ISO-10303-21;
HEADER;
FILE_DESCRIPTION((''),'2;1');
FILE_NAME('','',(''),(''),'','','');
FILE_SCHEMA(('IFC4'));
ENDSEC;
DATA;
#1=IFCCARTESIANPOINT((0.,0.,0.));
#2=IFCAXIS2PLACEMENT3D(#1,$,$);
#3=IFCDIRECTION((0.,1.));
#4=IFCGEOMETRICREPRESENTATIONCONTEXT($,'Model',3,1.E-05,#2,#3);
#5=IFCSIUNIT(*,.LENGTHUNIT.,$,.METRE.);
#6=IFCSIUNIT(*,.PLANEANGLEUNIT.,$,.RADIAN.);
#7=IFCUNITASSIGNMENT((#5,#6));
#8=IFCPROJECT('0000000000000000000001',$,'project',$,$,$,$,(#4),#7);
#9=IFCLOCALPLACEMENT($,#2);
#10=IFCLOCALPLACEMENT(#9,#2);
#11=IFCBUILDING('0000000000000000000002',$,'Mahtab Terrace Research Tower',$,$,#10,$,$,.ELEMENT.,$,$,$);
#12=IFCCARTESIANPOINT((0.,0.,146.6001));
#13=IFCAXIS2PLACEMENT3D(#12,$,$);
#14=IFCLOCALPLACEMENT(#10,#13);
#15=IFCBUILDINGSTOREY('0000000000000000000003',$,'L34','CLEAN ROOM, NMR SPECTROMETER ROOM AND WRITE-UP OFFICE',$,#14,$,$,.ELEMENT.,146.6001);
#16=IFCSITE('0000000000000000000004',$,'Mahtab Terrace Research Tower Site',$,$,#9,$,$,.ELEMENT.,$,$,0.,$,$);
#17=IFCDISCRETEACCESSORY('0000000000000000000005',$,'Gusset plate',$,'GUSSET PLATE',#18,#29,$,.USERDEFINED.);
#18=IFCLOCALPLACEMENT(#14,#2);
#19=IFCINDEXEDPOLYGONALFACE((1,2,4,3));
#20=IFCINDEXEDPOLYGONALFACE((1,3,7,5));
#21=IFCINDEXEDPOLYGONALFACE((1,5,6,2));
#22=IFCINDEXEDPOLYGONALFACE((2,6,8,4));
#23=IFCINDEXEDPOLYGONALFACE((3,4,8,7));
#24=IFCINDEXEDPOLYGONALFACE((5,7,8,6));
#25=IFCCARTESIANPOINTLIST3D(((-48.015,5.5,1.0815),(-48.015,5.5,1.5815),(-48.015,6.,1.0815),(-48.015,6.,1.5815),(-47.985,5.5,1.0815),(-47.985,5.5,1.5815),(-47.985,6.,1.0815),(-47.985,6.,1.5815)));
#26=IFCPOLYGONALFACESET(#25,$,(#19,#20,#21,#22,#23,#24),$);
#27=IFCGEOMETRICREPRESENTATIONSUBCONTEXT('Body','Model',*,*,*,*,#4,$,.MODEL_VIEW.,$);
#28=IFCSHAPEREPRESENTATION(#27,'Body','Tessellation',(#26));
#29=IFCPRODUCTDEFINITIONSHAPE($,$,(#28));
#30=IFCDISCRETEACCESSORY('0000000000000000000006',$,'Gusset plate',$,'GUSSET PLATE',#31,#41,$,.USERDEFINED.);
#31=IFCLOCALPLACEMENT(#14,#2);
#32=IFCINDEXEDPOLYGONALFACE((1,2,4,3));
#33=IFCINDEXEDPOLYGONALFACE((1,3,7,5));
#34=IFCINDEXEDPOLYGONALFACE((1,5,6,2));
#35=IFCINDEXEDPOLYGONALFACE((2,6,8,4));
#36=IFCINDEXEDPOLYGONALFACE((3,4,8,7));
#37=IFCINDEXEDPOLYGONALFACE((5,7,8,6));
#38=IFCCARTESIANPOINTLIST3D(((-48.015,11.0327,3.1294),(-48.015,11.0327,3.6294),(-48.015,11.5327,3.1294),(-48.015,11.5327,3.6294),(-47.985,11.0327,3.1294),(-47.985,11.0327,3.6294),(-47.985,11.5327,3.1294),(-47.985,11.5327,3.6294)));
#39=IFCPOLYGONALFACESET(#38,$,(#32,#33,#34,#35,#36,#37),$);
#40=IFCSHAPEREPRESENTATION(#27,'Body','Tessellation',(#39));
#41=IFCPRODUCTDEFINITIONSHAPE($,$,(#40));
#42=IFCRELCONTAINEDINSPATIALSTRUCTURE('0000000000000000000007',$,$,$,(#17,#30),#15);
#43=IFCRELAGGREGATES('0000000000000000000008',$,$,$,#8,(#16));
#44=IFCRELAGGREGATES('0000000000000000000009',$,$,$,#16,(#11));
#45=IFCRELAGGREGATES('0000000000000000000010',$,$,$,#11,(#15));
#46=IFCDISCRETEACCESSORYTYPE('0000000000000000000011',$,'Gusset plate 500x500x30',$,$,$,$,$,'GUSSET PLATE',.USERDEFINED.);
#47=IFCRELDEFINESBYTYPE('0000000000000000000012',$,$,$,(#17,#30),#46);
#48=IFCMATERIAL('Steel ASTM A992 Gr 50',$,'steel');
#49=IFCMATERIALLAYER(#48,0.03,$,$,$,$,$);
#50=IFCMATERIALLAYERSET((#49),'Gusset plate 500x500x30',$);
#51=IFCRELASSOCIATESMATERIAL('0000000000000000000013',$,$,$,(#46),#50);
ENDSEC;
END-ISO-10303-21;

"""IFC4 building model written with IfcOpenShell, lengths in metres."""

from ifc_helpers import new_model, si_unit, direction, frame, origin, origin_2d, place, context, subcontext, project, spatial, rectangle, extrude, material, layer, layer_set, type_object, element, save


model = new_model("IFC4")

# Units and contexts
model_context = context("Model", 3, precision=1e-05, world=origin(), true_north=direction((0.0, 1.0)))
body_context = subcontext(model_context, "Body", "Model", "MODEL_VIEW")
ifc_project = project(units=[si_unit("LENGTHUNIT", "METRE"), si_unit("PLANEANGLEUNIT", "RADIAN")], contexts=[model_context])

# Site, building, storey
site_placement = place(None, origin())
site = spatial("IfcSite", under=ifc_project, at=site_placement, Name="Mahtab Terrace Research Tower Site", CompositionType="ELEMENT", RefElevation=0.0)
building_placement = place(site_placement, origin())
building = spatial("IfcBuilding", under=site, at=building_placement, Name="Mahtab Terrace Research Tower", CompositionType="ELEMENT")
storey_placement = place(building_placement, frame((0.0, 0.0, 146.6001)))
storey = spatial("IfcBuildingStorey", under=building, at=storey_placement, Name="L34", Description="CLEAN ROOM, NMR SPECTROMETER ROOM AND WRITE-UP OFFICE", CompositionType="ELEMENT", Elevation=146.6001)

# Shared definitions
ifc_material_1 = material(Name="Steel ASTM A992 Gr 50", Category="steel")

# Discrete accessories
ifc_layer_1 = layer(ifc_material_1, 0.03)
ifc_layer_set_1 = layer_set([ifc_layer_1], Name="Gusset plate 500x500x30")
discrete_accessory_type = type_object("IfcDiscreteAccessoryType", Name="Gusset plate 500x500x30", ElementType="GUSSET PLATE", PredefinedType="USERDEFINED", material=ifc_layer_set_1)
for number, where, z_axis, x_axis, name in (
    (1, (-48.0, 5.75, 1.0815), (0.0, 0.0, 1.0), (0.0, 1.0, 0.0), "Gusset plate"),
    (2, (-48.0, 11.2827, 3.1294), (0.0, 0.0, 1.0), (0.0, 1.0, 0.0), "Gusset plate"),
):
    element("IfcDiscreteAccessory", number, at=place(storey_placement, frame(where, z_axis=z_axis, x_axis=x_axis)), inside=storey, type_object=discrete_accessory_type, Name=name, ObjectType="GUSSET PLATE", PredefinedType="USERDEFINED", context=body_context, shape_type="SweptSolid", body=[
        extrude(rectangle(XDim=0.5, YDim=0.03, at=origin_2d()), origin(), (0.0, 0.0, 1.0), 0.5),
    ])

save(model, "model.ifc")
